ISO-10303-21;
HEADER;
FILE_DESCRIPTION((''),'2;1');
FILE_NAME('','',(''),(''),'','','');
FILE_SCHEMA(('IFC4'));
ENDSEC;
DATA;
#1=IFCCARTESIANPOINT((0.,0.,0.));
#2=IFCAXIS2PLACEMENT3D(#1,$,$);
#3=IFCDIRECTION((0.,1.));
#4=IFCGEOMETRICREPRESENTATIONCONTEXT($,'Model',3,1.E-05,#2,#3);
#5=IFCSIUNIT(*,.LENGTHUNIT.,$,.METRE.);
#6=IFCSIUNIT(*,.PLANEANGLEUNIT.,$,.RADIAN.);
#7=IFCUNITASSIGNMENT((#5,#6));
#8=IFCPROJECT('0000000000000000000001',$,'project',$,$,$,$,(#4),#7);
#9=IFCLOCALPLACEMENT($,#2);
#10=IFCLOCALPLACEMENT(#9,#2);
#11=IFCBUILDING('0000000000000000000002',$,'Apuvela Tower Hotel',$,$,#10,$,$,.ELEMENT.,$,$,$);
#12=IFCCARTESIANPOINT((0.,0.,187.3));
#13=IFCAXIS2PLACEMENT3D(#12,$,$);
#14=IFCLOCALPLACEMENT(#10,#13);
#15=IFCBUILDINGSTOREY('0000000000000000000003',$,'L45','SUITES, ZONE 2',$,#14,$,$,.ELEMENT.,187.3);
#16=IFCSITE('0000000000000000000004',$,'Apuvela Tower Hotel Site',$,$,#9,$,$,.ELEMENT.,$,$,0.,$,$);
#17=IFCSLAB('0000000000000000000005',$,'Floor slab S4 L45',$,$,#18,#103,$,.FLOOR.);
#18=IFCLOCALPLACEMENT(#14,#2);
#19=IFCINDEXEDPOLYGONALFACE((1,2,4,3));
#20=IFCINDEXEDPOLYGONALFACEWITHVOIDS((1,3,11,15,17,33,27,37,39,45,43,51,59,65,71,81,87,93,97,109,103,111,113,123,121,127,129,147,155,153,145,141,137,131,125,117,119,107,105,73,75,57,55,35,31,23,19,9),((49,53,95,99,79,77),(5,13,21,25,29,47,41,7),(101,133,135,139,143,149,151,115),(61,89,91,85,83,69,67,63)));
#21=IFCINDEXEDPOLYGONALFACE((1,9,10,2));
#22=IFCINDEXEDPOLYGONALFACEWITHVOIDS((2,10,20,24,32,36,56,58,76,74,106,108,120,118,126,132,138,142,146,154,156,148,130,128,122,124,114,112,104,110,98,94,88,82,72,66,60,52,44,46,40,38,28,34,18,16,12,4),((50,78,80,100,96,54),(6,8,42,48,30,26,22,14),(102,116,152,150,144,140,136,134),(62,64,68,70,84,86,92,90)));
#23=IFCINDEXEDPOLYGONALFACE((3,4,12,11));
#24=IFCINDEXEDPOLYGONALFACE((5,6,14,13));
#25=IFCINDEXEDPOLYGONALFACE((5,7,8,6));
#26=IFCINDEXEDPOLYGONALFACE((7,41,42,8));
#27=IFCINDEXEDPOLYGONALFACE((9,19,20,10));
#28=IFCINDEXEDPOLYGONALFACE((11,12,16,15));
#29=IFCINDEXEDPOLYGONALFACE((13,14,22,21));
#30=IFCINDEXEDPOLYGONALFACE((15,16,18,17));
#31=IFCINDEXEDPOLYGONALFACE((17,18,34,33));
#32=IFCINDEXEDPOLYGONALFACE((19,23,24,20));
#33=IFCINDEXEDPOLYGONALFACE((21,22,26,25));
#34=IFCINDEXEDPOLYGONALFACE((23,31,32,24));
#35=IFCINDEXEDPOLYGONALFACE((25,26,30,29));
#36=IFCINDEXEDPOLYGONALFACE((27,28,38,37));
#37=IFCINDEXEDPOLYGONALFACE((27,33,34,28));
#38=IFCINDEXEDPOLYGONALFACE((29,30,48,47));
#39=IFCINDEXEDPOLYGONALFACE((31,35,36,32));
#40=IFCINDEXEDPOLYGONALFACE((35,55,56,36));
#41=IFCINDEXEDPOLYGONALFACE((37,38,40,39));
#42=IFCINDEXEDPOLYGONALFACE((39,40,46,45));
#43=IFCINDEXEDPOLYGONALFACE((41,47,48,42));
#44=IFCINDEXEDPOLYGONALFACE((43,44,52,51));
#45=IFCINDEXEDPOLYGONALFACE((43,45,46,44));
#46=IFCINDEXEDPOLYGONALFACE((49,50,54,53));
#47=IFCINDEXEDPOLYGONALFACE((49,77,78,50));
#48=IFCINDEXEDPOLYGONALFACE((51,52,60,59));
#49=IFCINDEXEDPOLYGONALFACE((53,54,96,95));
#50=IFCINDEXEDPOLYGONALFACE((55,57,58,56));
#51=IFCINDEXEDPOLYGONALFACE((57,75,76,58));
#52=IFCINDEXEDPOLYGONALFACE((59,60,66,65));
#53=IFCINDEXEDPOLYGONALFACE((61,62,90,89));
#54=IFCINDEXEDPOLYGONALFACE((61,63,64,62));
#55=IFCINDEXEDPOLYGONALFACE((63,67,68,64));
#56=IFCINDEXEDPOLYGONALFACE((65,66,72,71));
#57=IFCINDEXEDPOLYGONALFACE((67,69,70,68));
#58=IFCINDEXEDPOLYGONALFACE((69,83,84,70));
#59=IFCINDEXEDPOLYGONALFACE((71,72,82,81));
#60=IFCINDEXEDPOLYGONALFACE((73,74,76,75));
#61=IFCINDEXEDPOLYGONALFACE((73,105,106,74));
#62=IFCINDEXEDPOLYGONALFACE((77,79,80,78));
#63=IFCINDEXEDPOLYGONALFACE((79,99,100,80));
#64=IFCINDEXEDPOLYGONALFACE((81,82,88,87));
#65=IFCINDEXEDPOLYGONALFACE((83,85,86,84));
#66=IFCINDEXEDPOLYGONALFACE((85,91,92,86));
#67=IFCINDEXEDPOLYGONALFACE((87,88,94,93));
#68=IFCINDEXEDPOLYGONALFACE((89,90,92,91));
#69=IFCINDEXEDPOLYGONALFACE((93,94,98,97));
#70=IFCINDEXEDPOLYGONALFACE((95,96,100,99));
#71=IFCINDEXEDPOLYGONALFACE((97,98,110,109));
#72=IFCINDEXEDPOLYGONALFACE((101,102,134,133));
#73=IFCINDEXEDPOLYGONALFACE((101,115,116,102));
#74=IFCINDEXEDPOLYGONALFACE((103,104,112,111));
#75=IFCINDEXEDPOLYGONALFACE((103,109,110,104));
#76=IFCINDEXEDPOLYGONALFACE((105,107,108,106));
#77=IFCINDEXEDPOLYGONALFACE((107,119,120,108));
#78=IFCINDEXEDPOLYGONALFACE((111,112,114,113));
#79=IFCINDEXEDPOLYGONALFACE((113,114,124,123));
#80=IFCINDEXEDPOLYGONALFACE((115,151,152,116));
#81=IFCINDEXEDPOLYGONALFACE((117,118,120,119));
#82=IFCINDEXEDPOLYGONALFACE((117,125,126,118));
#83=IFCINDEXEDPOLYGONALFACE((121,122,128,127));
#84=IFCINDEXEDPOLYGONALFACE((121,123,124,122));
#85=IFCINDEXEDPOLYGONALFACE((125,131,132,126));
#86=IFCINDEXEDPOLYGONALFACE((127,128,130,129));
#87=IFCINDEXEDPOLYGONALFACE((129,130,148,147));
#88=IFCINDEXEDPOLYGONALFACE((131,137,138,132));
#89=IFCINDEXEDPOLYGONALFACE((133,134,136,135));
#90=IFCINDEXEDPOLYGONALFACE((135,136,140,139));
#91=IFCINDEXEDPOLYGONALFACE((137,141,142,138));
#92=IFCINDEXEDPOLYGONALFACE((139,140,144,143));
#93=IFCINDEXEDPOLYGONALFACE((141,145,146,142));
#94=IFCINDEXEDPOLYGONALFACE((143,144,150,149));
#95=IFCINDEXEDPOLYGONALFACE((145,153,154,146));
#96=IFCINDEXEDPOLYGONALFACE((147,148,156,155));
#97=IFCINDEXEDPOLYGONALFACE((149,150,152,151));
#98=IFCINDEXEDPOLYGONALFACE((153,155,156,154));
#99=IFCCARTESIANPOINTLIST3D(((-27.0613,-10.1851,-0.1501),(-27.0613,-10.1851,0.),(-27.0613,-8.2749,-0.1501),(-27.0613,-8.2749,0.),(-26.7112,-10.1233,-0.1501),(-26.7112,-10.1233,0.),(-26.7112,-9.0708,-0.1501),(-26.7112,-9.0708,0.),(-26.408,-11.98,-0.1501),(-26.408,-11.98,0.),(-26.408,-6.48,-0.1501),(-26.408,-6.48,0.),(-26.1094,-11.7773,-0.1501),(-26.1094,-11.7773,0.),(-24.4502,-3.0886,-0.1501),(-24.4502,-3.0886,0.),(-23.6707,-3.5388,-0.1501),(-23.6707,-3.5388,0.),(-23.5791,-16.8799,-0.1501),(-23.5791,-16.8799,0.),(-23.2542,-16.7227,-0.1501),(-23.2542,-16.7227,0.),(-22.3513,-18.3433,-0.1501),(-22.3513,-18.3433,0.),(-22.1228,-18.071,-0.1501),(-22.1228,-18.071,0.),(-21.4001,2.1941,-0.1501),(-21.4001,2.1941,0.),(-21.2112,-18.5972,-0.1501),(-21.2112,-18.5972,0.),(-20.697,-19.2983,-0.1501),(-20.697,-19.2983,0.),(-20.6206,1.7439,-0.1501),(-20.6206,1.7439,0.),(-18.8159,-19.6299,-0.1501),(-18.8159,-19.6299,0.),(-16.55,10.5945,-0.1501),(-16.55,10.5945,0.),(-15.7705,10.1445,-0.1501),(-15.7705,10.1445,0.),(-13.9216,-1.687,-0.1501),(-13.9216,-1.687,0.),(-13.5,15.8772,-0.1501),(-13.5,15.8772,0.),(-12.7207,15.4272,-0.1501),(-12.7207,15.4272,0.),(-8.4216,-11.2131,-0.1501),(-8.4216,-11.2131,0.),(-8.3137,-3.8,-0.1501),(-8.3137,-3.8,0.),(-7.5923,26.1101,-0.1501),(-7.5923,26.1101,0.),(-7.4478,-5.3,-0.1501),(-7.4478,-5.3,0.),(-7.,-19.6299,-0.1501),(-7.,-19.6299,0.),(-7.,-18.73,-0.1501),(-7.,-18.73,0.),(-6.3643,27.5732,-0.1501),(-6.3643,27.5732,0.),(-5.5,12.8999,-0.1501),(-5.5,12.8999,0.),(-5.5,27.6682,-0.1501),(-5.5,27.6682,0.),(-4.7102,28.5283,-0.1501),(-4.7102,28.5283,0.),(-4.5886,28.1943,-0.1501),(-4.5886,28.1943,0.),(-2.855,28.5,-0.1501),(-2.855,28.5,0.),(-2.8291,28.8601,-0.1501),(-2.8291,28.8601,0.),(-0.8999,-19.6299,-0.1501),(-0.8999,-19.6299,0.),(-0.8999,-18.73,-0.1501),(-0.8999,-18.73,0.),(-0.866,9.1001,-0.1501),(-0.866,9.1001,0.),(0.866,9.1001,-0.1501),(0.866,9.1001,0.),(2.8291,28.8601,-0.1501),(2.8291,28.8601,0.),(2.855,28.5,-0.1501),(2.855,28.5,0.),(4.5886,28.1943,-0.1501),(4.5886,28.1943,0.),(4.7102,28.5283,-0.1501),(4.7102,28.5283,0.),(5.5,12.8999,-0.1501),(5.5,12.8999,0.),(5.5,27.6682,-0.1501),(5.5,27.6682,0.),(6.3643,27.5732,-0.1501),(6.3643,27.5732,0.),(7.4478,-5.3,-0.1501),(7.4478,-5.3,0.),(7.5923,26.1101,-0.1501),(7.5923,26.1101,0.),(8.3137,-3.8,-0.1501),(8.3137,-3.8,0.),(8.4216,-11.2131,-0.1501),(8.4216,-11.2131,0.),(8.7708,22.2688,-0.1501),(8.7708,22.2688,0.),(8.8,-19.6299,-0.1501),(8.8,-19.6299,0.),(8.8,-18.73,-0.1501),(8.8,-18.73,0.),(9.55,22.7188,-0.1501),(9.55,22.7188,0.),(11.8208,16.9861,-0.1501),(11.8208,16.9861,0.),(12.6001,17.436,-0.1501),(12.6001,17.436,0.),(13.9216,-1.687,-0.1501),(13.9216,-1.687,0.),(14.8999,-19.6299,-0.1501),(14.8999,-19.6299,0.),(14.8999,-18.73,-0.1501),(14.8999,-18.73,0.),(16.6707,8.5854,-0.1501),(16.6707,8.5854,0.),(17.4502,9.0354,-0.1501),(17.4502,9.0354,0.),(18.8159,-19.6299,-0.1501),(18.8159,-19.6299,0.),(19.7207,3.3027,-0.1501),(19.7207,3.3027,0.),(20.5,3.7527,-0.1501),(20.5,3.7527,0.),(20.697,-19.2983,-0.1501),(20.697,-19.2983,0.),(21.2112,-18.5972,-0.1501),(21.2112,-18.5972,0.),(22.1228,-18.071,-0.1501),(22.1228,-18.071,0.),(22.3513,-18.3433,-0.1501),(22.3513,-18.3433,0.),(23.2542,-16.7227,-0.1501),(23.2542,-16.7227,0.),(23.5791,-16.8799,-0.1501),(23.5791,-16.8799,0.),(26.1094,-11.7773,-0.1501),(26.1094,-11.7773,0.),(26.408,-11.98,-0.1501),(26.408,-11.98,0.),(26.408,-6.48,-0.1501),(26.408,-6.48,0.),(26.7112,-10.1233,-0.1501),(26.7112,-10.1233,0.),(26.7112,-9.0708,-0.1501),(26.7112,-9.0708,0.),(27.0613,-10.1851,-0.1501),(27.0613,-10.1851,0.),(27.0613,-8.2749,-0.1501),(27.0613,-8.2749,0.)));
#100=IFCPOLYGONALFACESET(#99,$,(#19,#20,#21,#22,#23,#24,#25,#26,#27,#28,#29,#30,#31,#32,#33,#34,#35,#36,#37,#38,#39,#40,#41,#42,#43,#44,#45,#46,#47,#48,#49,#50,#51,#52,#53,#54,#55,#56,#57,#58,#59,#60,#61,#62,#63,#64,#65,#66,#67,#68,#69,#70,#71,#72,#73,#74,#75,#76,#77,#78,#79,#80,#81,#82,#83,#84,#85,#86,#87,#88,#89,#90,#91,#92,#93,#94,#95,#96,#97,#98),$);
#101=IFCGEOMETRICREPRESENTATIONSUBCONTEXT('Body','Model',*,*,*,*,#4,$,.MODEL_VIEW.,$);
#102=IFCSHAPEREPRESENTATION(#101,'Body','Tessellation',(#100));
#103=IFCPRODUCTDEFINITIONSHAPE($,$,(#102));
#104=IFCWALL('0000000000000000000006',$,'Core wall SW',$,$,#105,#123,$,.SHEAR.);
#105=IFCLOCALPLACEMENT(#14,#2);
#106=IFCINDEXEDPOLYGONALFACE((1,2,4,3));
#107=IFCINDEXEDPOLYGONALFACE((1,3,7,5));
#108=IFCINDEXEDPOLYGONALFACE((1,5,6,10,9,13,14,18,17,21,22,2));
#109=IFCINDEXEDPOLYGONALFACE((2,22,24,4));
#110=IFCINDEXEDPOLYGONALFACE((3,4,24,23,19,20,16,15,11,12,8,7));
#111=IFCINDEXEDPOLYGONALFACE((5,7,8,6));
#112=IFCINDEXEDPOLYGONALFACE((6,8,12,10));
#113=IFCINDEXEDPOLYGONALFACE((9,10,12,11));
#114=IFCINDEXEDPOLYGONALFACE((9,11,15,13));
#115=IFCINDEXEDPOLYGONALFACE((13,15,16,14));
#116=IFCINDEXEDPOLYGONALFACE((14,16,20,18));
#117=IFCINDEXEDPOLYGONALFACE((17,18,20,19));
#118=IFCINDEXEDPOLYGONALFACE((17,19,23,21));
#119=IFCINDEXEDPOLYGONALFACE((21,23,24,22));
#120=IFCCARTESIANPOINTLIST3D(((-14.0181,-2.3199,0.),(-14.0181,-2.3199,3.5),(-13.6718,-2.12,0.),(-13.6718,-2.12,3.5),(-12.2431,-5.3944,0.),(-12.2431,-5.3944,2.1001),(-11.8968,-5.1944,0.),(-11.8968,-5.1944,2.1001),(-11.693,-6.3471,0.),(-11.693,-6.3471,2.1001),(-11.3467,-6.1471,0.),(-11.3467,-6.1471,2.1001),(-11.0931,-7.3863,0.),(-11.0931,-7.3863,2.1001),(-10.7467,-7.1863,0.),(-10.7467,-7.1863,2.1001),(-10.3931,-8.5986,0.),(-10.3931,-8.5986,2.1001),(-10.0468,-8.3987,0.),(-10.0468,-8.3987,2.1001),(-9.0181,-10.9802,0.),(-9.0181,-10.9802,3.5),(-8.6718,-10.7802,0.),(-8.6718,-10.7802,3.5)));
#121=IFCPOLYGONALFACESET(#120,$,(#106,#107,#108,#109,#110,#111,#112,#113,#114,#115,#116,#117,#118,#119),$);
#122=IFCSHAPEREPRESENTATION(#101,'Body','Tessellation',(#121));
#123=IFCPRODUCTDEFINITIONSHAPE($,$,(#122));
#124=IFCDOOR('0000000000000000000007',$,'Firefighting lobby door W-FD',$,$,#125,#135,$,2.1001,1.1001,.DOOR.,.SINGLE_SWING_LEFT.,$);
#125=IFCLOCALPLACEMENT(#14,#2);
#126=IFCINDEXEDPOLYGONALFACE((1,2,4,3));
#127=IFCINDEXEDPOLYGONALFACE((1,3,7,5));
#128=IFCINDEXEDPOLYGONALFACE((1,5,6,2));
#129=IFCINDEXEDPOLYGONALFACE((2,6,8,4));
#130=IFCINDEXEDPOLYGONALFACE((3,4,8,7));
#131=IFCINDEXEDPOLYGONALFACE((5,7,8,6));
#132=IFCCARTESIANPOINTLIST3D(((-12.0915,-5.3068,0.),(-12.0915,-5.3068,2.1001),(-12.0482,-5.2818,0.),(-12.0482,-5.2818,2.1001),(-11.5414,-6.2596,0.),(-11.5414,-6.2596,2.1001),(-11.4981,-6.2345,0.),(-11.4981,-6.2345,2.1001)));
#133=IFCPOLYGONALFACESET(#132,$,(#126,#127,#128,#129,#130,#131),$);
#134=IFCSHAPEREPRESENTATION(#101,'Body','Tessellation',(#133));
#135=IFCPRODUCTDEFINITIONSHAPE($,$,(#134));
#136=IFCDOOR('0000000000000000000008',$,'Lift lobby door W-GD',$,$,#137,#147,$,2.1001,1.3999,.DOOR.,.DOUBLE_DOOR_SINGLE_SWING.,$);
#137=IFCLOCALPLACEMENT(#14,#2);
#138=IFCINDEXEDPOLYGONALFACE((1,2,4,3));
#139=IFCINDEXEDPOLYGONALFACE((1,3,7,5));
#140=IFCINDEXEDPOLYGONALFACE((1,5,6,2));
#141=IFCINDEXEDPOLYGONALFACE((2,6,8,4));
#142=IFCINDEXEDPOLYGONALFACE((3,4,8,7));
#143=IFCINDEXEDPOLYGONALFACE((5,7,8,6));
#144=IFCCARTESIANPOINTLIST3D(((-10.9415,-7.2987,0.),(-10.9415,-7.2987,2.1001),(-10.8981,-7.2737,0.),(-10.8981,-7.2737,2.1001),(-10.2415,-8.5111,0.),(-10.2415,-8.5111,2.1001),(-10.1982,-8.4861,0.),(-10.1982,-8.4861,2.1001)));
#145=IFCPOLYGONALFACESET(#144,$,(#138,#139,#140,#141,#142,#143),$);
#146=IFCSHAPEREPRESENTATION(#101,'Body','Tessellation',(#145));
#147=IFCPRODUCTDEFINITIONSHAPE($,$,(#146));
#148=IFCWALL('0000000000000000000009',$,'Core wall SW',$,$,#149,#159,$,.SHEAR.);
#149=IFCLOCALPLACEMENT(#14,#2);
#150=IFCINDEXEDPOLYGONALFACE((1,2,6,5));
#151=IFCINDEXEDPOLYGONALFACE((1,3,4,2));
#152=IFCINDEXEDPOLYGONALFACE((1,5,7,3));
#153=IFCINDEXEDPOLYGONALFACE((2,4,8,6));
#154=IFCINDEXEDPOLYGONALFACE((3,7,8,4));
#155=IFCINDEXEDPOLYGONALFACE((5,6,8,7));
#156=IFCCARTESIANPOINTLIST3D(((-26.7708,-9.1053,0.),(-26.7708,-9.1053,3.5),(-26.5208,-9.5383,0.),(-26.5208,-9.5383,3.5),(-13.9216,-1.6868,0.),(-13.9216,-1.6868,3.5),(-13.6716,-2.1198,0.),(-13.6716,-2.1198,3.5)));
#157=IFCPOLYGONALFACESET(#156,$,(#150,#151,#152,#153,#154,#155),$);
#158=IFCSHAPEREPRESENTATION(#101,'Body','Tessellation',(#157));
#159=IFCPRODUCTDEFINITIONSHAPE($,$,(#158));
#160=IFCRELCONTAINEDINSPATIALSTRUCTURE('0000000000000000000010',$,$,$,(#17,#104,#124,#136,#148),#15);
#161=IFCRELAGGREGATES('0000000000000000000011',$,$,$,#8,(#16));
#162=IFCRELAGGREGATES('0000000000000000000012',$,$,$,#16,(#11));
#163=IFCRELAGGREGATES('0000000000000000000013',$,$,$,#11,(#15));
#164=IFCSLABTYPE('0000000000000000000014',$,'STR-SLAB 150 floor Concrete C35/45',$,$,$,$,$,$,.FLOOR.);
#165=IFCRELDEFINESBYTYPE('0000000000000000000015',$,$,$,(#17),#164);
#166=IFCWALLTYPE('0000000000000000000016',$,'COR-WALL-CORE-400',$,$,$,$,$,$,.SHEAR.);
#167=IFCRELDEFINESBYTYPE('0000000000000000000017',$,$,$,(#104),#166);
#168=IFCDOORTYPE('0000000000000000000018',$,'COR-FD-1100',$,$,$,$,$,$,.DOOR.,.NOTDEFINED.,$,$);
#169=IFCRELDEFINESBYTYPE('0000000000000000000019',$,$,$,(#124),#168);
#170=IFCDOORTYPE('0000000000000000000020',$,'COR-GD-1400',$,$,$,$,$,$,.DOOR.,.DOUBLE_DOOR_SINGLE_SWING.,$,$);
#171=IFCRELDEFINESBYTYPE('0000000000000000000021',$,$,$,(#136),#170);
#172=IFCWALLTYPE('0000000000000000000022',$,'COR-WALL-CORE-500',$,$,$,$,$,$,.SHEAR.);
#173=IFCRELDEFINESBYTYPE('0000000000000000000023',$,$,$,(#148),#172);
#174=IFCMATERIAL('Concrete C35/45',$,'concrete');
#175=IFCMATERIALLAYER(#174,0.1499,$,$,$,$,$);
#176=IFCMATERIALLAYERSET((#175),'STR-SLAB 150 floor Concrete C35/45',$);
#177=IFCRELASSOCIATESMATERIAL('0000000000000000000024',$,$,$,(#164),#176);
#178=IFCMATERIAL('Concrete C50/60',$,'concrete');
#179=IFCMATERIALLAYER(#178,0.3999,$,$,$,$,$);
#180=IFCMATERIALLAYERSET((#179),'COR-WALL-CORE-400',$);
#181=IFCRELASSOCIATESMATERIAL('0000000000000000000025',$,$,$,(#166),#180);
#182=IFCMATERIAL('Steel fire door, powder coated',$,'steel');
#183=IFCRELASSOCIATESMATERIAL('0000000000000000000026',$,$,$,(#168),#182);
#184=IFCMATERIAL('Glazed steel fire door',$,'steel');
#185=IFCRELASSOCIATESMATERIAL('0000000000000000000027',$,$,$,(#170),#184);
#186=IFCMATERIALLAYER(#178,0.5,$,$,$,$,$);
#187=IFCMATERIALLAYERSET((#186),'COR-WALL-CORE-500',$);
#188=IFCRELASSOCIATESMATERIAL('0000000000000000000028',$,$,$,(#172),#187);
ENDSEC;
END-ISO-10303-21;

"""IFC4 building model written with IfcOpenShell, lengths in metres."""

from ifc_helpers import new_model, si_unit, direction, frame, frame_2d, origin, place, context, subcontext, project, spatial, polyline, rectangle, outline, extrude, material, layer, layer_set, type_object, element, fill, save


model = new_model("IFC4")

# Units and contexts
model_context = context("Model", 3, precision=1e-05, world=origin(), true_north=direction((0.0, 1.0)))
body_context = subcontext(model_context, "Body", "Model", "MODEL_VIEW")
ifc_project = project(units=[si_unit("LENGTHUNIT", "METRE"), si_unit("PLANEANGLEUNIT", "RADIAN")], contexts=[model_context])

# Site, building, storey
site_placement = place(None, origin())
site = spatial("IfcSite", under=ifc_project, at=site_placement, Name="Apuvela Tower Hotel Site", CompositionType="ELEMENT", RefElevation=0.0)
building_placement = place(site_placement, origin())
building = spatial("IfcBuilding", under=site, at=building_placement, Name="Apuvela Tower Hotel", CompositionType="ELEMENT")
storey_placement = place(building_placement, frame((0.0, 0.0, 187.3)))
storey = spatial("IfcBuildingStorey", under=building, at=storey_placement, Name="L45", Description="SUITES, ZONE 2", CompositionType="ELEMENT", Elevation=187.3)

# Slab
ifc_material_1 = material(Name="Concrete C50/60", Category="concrete")
ifc_material_2 = material(Name="Concrete C35/45", Category="concrete")
ifc_layer_1 = layer(ifc_material_2, 0.1499)
ifc_layer_set_1 = layer_set([ifc_layer_1], Name="STR-SLAB 150 floor Concrete C35/45")
slab_type_1 = type_object("IfcSlabType", Name="STR-SLAB 150 floor Concrete C35/45", PredefinedType="FLOOR", material=ifc_layer_set_1)
slab_1_placement = place(storey_placement, frame((0.0, 0.0, -0.1501)))
element("IfcSlab", 1, at=slab_1_placement, inside=storey, type_object=slab_type_1, Name="Floor slab S4 L45", PredefinedType="FLOOR", context=body_context, shape_type="SweptSolid", body=[
    extrude(outline(polyline([(-6.3643, 27.5732), (-4.7102, 28.5283), (-2.8291, 28.8601), (2.8291, 28.8601), (4.7102, 28.5283), (6.3643, 27.5732), (7.5923, 26.1101), (9.55, 22.7188), (8.7708, 22.2688), (11.8208, 16.9861), (12.6001, 17.436), (17.4502, 9.0354), (16.6707, 8.5854), (19.7207, 3.3027), (20.5, 3.7527), (26.408, -6.48), (27.0613, -8.2749), (27.0613, -10.1851), (26.408, -11.98), (23.5791, -16.8799), (22.3513, -18.3433), (20.697, -19.2983), (18.8159, -19.6299), (14.8999, -19.6299), (14.8999, -18.73), (8.8, -18.73), (8.8, -19.6299), (-0.8999, -19.6299), (-0.8999, -18.73), (-7.0, -18.73), (-7.0, -19.6299), (-18.8159, -19.6299), (-20.697, -19.2983), (-22.3513, -18.3433), (-23.5791, -16.8799), (-26.408, -11.98), (-27.0613, -10.1851), (-27.0613, -8.2749), (-26.408, -6.48), (-24.4502, -3.0886), (-23.6707, -3.5388), (-20.6206, 1.7439), (-21.4001, 2.1941), (-16.55, 10.5945), (-15.7705, 10.1445), (-12.7207, 15.4272), (-13.5, 15.8772), (-7.5923, 26.1101), (-6.3643, 27.5732)]), holes=[polyline([(0.866, 9.1001), (-0.866, 9.1001), (-8.3137, -3.8), (-7.4478, -5.3), (7.4478, -5.3), (8.3137, -3.8), (0.866, 9.1001)]), polyline([(-5.5, 12.8999), (-5.5, 27.6682), (-4.5886, 28.1943), (-2.855, 28.5), (2.855, 28.5), (4.5886, 28.1943), (5.5, 27.6682), (5.5, 12.8999), (-5.5, 12.8999)]), polyline([(-8.4216, -11.2131), (-21.2112, -18.5972), (-22.1228, -18.071), (-23.2542, -16.7227), (-26.1094, -11.7773), (-26.7112, -10.1233), (-26.7112, -9.0708), (-13.9216, -1.687), (-8.4216, -11.2131)]), polyline([(13.9216, -1.687), (26.7112, -9.0708), (26.7112, -10.1233), (26.1094, -11.7773), (23.2542, -16.7227), (22.1228, -18.071), (21.2112, -18.5972), (8.4216, -11.2131), (13.9216, -1.687)])]), origin(), (0.0, 0.0, 1.0), 0.1501),
])

# Wall, openings, doors
ifc_layer_2 = layer(ifc_material_1, 0.3999)
ifc_layer_set_2 = layer_set([ifc_layer_2], Name="COR-WALL-CORE-400")
wall_type_1 = type_object("IfcWallType", Name="COR-WALL-CORE-400", PredefinedType="SHEAR", material=ifc_layer_set_2)
wall_1_placement = place(storey_placement, frame((-13.845, -2.22, 0.0), z_axis=(0.0, 0.0, 1.0), x_axis=(0.500004, -0.866023, 0.0)))
wall_1 = element("IfcWall", 2, at=wall_1_placement, inside=storey, type_object=wall_type_1, Name="Core wall SW", PredefinedType="SHEAR", context=body_context, shape_type="SweptSolid", body=[
    extrude(rectangle(XDim=10.0, YDim=0.3999, at=frame_2d((5.0, 0.0))), origin(), (0.0, 0.0, 1.0), 3.5),
])
opening_1_placement = place(wall_1_placement, frame((3.55, 0.0, 0.0)))
opening_1 = element("IfcOpeningElement", 3, at=opening_1_placement, cuts=wall_1, PredefinedType="OPENING", context=body_context, shape_type="SweptSolid", body=[
    extrude(rectangle(XDim=1.1001, YDim=2.1001, at=frame_2d((0.55, 1.05))), frame((0.0, 0.21, 0.0), z_axis=(0.0, -1.0, 0.0), x_axis=(1.0, 0.0, 0.0)), (0.0, 0.0, 1.0), 0.4199),
])
opening_2_placement = place(wall_1_placement, frame((5.8501, 0.0, 0.0)))
opening_2 = element("IfcOpeningElement", 4, at=opening_2_placement, cuts=wall_1, PredefinedType="OPENING", context=body_context, shape_type="SweptSolid", body=[
    extrude(rectangle(XDim=1.3999, YDim=2.1001, at=frame_2d((0.7, 1.05))), frame((0.0, 0.21, 0.0), z_axis=(0.0, -1.0, 0.0), x_axis=(1.0, 0.0, 0.0)), (0.0, 0.0, 1.0), 0.4199),
])
ifc_material_3 = material(Name="Steel fire door, powder coated", Category="steel")
door_type_1 = type_object("IfcDoorType", Name="COR-FD-1100", OperationType="NOTDEFINED", PredefinedType="DOOR", material=ifc_material_3)
door_1_placement = place(opening_1_placement, frame((1.1001, 0.0, 0.0), z_axis=(0.0, 0.0, 1.0), x_axis=(-1.0, 0.0, 0.0)))
door_1 = element("IfcDoor", 5, at=door_1_placement, inside=storey, type_object=door_type_1, Name="Firefighting lobby door W-FD", OperationType="SINGLE_SWING_LEFT", OverallHeight=2.1001, OverallWidth=1.1001, PredefinedType="DOOR", context=body_context, shape_type="SweptSolid", body=[
    extrude(rectangle(XDim=1.1001, YDim=2.1001, at=frame_2d((0.55, 1.05))), frame((0.0, 0.0249, 0.0), z_axis=(0.0, -1.0, 0.0), x_axis=(1.0, 0.0, 0.0)), (0.0, 0.0, 1.0), 0.05),
])
fill(opening_1, door_1)
ifc_material_4 = material(Name="Glazed steel fire door", Category="steel")
door_type_2 = type_object("IfcDoorType", Name="COR-GD-1400", OperationType="DOUBLE_DOOR_SINGLE_SWING", PredefinedType="DOOR", material=ifc_material_4)
door_2_placement = place(opening_2_placement, frame((1.3999, 0.0, 0.0), z_axis=(0.0, 0.0, 1.0), x_axis=(-1.0, 0.0, 0.0)))
door_2 = element("IfcDoor", 6, at=door_2_placement, inside=storey, type_object=door_type_2, Name="Lift lobby door W-GD", OperationType="DOUBLE_DOOR_SINGLE_SWING", OverallHeight=2.1001, OverallWidth=1.3999, PredefinedType="DOOR", context=body_context, shape_type="SweptSolid", body=[
    extrude(rectangle(XDim=1.3999, YDim=2.1001, at=frame_2d((0.7, 1.05))), frame((0.0, 0.0249, 0.0), z_axis=(0.0, -1.0, 0.0), x_axis=(1.0, 0.0, 0.0)), (0.0, 0.0, 1.0), 0.05),
])
fill(opening_2, door_2)

# Wall
ifc_layer_3 = layer(ifc_material_1, 0.5)
ifc_layer_set_3 = layer_set([ifc_layer_3], Name="COR-WALL-CORE-500")
wall_type_2 = type_object("IfcWallType", Name="COR-WALL-CORE-500", PredefinedType="SHEAR", material=ifc_layer_set_3)
wall_2_placement = place(storey_placement, frame((-13.7966, -1.9033, 0.0), z_axis=(0.0, 0.0, 1.0), x_axis=(-0.866025, -0.500001, 0.0)))
element("IfcWall", 7, at=wall_2_placement, inside=storey, type_object=wall_type_2, Name="Core wall SW", PredefinedType="SHEAR", context=body_context, shape_type="SweptSolid", body=[
    extrude(rectangle(XDim=14.8369, YDim=0.5, at=frame_2d((7.4185, 0.0))), origin(), (0.0, 0.0, 1.0), 3.5),
])

save(model, "model.ifc")
